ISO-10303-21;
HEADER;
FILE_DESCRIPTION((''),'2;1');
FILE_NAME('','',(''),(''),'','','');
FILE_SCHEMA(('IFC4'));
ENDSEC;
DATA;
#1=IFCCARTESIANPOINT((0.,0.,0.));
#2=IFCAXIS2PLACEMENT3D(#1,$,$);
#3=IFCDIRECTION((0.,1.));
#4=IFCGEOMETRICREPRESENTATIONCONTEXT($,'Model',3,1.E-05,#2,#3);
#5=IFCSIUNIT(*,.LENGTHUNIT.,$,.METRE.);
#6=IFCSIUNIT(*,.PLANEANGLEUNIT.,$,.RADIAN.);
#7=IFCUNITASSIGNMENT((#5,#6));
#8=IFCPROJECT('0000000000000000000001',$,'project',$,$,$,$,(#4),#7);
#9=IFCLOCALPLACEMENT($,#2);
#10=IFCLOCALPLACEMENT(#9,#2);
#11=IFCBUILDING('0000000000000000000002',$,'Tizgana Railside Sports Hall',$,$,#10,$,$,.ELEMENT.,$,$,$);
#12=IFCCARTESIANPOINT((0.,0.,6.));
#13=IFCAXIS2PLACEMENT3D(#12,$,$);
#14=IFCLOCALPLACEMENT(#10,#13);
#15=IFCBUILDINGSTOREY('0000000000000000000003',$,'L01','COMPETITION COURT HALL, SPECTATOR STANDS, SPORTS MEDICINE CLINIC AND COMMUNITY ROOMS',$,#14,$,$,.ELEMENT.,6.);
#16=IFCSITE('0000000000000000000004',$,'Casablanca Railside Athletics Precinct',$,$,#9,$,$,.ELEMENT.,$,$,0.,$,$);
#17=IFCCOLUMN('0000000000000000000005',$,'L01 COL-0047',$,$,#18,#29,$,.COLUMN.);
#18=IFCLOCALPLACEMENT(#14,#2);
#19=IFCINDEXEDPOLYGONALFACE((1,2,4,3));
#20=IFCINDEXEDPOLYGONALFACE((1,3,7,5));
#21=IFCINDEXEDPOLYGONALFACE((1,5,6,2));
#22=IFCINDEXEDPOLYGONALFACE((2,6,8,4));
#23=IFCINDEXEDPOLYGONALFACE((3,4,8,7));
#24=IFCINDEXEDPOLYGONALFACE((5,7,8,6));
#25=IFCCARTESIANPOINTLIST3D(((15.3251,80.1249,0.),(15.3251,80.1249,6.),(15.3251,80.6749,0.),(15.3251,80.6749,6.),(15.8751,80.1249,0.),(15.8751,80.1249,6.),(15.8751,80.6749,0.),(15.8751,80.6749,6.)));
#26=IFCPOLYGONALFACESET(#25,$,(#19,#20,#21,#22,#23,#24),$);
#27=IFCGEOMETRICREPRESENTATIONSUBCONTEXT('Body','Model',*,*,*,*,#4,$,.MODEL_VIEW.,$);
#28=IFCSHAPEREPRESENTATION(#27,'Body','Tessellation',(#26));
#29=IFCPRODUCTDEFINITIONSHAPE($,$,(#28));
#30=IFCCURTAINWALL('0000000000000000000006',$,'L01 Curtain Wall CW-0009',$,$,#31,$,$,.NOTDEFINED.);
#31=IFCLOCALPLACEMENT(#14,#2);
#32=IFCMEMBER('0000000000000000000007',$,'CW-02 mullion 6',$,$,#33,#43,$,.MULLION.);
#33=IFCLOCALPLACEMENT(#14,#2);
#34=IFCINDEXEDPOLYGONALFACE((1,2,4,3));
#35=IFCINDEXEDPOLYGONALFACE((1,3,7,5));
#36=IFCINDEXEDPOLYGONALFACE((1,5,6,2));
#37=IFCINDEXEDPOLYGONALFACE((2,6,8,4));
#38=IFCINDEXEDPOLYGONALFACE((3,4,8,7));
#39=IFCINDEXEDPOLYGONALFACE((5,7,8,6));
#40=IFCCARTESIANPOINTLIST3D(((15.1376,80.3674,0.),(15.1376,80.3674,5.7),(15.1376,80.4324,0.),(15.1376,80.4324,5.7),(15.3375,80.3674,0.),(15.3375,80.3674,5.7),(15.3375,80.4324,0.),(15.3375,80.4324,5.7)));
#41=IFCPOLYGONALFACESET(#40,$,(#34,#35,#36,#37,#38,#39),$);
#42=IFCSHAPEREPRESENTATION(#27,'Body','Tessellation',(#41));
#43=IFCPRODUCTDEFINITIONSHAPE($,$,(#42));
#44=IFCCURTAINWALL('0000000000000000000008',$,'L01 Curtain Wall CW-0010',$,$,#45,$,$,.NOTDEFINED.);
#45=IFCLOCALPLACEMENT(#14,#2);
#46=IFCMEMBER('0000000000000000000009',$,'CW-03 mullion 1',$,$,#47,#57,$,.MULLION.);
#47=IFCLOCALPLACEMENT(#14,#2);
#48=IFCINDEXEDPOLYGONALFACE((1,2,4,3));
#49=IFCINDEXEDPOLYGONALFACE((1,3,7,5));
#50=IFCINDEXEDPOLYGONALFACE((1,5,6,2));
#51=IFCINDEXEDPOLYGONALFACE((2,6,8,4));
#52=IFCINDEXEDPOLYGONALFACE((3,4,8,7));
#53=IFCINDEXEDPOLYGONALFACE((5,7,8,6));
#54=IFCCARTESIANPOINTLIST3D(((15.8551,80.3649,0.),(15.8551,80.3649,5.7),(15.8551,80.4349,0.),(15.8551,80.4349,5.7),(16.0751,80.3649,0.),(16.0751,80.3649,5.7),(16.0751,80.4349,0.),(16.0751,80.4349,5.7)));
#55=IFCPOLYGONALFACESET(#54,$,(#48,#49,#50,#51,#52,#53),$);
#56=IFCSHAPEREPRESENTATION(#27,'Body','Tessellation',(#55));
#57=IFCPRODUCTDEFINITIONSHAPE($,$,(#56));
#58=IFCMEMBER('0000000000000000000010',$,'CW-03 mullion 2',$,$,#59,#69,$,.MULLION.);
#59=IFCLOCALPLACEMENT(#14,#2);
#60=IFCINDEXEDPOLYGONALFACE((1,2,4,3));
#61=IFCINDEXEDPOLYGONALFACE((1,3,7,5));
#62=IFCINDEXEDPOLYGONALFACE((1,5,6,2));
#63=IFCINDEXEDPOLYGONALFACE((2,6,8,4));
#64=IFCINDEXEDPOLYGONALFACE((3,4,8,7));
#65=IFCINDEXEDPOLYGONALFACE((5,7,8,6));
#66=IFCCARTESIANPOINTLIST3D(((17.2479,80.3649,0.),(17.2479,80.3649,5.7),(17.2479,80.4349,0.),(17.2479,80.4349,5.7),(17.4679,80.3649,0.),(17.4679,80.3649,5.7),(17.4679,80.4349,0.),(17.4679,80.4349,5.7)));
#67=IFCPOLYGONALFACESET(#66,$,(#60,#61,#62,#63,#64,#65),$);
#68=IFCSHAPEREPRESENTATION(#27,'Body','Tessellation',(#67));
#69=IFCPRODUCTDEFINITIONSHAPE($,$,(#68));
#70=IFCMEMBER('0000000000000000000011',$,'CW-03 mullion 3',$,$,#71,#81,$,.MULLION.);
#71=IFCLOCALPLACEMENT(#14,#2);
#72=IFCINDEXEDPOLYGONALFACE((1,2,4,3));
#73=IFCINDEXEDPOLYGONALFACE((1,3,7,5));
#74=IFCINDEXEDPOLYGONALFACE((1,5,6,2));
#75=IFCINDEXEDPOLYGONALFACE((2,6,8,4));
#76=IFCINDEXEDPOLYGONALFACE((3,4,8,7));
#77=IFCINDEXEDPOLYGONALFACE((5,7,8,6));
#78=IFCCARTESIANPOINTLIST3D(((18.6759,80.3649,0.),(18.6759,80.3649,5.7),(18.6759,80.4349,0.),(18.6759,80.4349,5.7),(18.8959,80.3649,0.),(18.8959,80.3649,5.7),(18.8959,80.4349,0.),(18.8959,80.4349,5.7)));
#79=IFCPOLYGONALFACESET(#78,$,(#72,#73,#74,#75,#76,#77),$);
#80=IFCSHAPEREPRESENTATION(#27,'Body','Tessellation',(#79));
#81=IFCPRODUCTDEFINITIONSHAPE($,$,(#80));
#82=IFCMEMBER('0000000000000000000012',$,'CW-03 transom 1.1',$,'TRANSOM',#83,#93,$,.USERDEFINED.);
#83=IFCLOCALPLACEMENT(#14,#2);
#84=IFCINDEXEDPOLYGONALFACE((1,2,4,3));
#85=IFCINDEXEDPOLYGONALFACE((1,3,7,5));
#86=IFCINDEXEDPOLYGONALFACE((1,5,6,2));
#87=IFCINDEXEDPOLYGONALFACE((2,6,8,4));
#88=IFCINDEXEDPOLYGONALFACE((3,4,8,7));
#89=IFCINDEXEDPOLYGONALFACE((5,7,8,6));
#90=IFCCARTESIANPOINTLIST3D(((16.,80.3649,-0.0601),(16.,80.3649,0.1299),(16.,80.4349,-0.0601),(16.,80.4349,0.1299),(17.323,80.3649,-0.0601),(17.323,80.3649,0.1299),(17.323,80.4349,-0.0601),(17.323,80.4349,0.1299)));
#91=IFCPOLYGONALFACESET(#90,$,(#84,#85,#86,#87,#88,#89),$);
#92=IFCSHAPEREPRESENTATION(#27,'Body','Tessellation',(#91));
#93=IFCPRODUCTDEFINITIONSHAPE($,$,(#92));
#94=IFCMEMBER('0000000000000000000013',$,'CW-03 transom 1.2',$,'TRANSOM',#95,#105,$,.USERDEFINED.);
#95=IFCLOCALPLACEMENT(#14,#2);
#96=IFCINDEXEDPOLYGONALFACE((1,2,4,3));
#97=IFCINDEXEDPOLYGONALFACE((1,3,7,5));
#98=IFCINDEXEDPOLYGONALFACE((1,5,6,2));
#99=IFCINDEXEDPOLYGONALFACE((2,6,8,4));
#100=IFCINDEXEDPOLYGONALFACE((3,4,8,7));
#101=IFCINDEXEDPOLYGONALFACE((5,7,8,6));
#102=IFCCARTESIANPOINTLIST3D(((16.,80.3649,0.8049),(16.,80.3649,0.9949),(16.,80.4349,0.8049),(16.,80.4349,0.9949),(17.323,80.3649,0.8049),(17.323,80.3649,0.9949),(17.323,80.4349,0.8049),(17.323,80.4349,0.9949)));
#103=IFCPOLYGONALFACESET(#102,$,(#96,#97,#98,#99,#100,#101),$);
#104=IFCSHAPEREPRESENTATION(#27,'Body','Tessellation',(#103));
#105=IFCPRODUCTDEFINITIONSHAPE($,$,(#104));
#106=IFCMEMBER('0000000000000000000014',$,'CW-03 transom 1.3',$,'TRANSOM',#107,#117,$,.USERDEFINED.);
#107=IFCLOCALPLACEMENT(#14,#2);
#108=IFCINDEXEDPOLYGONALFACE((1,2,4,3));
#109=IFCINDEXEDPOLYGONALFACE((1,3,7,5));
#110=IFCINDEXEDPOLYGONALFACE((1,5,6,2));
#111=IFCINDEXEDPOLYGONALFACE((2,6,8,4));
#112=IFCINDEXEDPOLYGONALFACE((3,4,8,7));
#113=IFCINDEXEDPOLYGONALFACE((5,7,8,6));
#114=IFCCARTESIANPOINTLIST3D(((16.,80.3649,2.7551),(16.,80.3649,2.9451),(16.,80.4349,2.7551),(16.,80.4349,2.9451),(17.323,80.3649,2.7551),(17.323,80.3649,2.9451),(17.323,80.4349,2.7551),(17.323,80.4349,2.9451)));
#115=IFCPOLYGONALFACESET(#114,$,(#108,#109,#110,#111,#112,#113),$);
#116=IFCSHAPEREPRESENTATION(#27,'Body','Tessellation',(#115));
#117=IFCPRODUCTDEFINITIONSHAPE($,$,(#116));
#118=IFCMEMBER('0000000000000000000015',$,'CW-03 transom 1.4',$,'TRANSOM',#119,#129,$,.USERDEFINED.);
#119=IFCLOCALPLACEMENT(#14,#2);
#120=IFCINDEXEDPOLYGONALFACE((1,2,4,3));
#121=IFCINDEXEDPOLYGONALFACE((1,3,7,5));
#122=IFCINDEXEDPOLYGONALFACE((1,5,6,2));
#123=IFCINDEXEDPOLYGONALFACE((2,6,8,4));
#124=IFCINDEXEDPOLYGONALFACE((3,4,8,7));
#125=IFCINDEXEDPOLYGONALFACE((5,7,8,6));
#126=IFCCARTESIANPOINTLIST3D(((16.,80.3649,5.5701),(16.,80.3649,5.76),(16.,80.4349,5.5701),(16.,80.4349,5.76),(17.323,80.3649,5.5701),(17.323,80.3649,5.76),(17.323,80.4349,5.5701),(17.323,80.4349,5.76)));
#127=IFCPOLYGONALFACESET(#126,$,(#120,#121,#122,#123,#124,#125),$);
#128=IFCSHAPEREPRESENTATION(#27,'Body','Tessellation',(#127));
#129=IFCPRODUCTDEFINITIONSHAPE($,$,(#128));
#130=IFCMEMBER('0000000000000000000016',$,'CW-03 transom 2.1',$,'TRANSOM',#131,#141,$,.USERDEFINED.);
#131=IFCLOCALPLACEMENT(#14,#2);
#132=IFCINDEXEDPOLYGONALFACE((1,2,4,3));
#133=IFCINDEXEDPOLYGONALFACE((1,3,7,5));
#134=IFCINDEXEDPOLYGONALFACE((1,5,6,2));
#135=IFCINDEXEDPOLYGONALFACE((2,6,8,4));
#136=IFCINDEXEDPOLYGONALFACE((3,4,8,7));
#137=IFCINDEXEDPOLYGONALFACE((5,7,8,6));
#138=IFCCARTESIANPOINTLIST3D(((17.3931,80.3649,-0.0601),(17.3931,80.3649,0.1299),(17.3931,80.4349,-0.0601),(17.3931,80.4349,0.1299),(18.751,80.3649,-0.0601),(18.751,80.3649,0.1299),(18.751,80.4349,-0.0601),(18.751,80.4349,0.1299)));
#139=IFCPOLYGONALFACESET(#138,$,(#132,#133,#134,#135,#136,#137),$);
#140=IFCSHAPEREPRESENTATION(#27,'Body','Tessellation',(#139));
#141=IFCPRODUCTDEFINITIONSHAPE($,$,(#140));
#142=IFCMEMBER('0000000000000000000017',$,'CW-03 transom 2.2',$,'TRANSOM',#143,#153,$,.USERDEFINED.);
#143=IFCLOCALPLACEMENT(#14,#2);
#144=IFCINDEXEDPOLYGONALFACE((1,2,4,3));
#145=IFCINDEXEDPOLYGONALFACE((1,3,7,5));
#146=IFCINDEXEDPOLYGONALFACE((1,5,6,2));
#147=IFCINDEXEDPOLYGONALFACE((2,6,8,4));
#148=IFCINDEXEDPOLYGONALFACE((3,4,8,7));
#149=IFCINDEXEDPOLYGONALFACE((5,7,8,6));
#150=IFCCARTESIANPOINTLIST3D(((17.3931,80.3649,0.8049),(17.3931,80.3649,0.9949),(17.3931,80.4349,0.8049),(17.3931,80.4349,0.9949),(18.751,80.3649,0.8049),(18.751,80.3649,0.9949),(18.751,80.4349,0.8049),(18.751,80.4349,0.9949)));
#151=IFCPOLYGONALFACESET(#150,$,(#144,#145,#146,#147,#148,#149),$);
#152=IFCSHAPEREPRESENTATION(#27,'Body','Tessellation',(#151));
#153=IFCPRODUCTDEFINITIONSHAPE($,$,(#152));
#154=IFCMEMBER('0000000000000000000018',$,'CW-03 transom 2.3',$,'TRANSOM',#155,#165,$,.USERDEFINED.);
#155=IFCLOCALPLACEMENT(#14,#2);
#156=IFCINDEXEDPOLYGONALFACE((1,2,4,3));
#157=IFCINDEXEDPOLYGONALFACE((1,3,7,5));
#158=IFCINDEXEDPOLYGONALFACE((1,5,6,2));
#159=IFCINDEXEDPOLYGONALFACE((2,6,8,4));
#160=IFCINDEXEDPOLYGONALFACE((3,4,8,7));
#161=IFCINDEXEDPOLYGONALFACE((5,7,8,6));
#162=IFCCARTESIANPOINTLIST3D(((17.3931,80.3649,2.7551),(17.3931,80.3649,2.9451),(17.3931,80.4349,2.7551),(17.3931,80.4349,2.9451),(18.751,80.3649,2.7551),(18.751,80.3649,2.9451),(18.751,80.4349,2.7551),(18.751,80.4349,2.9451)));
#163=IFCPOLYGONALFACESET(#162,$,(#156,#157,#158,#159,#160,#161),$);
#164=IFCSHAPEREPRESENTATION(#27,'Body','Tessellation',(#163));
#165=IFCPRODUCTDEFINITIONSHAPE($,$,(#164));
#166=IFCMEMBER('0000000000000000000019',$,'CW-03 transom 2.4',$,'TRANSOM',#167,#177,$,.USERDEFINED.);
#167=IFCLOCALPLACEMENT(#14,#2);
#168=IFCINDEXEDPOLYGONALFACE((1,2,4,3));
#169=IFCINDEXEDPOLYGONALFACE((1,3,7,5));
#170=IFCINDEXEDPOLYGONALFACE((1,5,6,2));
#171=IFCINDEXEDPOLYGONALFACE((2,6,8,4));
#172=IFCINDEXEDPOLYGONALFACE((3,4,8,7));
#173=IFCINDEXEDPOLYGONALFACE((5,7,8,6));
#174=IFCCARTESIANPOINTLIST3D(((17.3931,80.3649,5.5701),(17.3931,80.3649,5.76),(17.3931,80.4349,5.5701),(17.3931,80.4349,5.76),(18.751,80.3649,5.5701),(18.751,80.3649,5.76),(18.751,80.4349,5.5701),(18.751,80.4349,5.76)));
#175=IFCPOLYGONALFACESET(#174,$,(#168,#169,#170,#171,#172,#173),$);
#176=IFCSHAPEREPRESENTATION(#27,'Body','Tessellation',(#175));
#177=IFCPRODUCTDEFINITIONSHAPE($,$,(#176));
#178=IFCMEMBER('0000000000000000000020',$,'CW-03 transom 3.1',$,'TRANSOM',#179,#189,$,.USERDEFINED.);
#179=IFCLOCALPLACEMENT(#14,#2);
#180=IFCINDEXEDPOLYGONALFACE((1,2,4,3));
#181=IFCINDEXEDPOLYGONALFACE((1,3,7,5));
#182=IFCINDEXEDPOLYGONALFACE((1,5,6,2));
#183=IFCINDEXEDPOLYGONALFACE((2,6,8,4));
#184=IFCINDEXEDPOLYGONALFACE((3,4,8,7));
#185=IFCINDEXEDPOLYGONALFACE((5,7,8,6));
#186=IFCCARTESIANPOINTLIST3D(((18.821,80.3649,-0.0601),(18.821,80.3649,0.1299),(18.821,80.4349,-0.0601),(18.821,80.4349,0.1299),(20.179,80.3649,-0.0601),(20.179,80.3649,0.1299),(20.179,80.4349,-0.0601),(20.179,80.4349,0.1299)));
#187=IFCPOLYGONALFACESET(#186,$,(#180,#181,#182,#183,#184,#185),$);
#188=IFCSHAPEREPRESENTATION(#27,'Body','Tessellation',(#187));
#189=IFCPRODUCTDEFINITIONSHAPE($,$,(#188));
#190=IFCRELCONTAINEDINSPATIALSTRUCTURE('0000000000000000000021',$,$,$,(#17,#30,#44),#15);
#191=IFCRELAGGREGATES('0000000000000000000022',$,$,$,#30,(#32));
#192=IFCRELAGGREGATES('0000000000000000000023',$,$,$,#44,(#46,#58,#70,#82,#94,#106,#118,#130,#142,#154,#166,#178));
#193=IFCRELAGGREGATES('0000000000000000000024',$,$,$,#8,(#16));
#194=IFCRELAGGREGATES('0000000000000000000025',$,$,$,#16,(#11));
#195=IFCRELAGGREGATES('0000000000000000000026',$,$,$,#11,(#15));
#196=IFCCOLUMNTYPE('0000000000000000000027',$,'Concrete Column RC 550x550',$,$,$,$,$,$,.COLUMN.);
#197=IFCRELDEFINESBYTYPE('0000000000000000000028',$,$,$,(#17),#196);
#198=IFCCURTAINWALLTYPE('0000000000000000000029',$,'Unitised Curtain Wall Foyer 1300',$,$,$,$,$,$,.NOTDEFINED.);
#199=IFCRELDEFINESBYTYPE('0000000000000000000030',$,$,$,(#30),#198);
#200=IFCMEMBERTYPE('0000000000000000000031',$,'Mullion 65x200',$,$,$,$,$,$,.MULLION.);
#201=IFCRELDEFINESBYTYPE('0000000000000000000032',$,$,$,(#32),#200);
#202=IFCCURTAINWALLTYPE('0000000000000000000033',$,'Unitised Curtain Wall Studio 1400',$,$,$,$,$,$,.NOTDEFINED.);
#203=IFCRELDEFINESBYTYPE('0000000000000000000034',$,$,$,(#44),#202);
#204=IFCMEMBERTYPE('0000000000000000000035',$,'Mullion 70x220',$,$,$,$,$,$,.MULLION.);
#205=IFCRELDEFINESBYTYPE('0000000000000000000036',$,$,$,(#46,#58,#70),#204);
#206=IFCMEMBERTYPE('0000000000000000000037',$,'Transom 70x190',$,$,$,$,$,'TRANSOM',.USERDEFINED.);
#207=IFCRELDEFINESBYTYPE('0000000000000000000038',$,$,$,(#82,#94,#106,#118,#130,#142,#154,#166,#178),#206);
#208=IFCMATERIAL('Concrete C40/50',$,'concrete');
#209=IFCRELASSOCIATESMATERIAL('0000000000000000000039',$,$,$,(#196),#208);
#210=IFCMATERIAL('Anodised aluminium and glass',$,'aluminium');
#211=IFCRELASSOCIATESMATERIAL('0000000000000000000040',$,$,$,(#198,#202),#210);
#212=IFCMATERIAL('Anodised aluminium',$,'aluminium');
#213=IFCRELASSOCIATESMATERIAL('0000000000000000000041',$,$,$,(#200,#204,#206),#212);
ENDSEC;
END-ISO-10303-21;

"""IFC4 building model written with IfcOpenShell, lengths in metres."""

from ifc_helpers import new_model, si_unit, direction, frame, origin, origin_2d, place, context, subcontext, project, spatial, rectangle, extrude, material, material_profile, profile_set, type_object, element, aggregate, save


model = new_model("IFC4")

# Units and contexts
model_context = context("Model", 3, precision=1e-05, world=origin(), true_north=direction((0.0, 1.0)))
body_context = subcontext(model_context, "Body", "Model", "MODEL_VIEW")
ifc_project = project(units=[si_unit("LENGTHUNIT", "METRE"), si_unit("PLANEANGLEUNIT", "RADIAN")], contexts=[model_context])

# Site, building, storey
site_placement = place(None, origin())
site = spatial("IfcSite", under=ifc_project, at=site_placement, Name="Casablanca Railside Athletics Precinct", CompositionType="ELEMENT", RefElevation=0.0)
building_placement = place(site_placement, origin())
building = spatial("IfcBuilding", under=site, at=building_placement, Name="Tizgana Railside Sports Hall", CompositionType="ELEMENT")
storey_placement = place(building_placement, frame((0.0, 0.0, 6.0)))
storey = spatial("IfcBuildingStorey", under=building, at=storey_placement, Name="L01", Description="COMPETITION COURT HALL, SPECTATOR STANDS, SPORTS MEDICINE CLINIC AND COMMUNITY ROOMS", CompositionType="ELEMENT", Elevation=6.0)

# Column
ifc_material_1 = material(Name="Concrete C40/50", Category="concrete")
ifc_material_profile_1 = material_profile(ifc_material_1, rectangle(XDim=0.55, YDim=0.55, at=origin_2d()), Name="RC 550x550")
ifc_profile_set_1 = profile_set([ifc_material_profile_1], Name="Concrete C40/50")
column_type = type_object("IfcColumnType", Name="Concrete Column RC 550x550", PredefinedType="COLUMN", material=ifc_profile_set_1)
column_placement = place(storey_placement, frame((15.6001, 80.3999, 0.0), z_axis=(0.0, 0.0, 1.0), x_axis=(1.0, 0.0, 0.0)))
element("IfcColumn", 1, at=column_placement, inside=storey, type_object=column_type, Name="L01 COL-0047", PredefinedType="COLUMN", context=body_context, shape_type="SweptSolid", body=[
    extrude(rectangle(XDim=0.55, YDim=0.55, at=origin_2d()), origin(), (0.0, 0.0, 1.0), 6.0),
])

# Curtain wall, member
ifc_material_2 = material(Name="Anodised aluminium and glass", Category="aluminium")
curtain_wall_type_1 = type_object("IfcCurtainWallType", Name="Unitised Curtain Wall Foyer 1300", PredefinedType="NOTDEFINED", material=ifc_material_2)
curtain_wall_1_placement = place(storey_placement, origin())
curtain_wall_1 = element("IfcCurtainWall", 2, at=curtain_wall_1_placement, inside=storey, type_object=curtain_wall_type_1, Name="L01 Curtain Wall CW-0009", PredefinedType="NOTDEFINED")
ifc_material_3 = material(Name="Anodised aluminium", Category="aluminium")
ifc_material_profile_2 = material_profile(ifc_material_3, rectangle(XDim=0.0649, YDim=0.2, at=origin_2d()), Name="Mullion 65x200")
ifc_profile_set_2 = profile_set([ifc_material_profile_2], Name="Anodised aluminium")
member_type_1 = type_object("IfcMemberType", Name="Mullion 65x200", PredefinedType="MULLION", material=ifc_profile_set_2)
member_1_placement = place(storey_placement, frame((15.2375, 80.3999, 0.0), z_axis=(0.0, 0.0, 1.0), x_axis=(0.0, 1.0, 0.0)))
member_1 = element("IfcMember", 3, at=member_1_placement, type_object=member_type_1, Name="CW-02 mullion 6", PredefinedType="MULLION", context=body_context, shape_type="SweptSolid", body=[
    extrude(rectangle(XDim=0.0649, YDim=0.2, at=origin_2d()), origin(), (0.0, 0.0, 1.0), 5.7),
])

# Curtain wall, members
curtain_wall_type_2 = type_object("IfcCurtainWallType", Name="Unitised Curtain Wall Studio 1400", PredefinedType="NOTDEFINED", material=ifc_material_2)
curtain_wall_2_placement = place(storey_placement, origin())
curtain_wall_2 = element("IfcCurtainWall", 4, at=curtain_wall_2_placement, inside=storey, type_object=curtain_wall_type_2, Name="L01 Curtain Wall CW-0010", PredefinedType="NOTDEFINED")
ifc_material_profile_3 = material_profile(ifc_material_3, rectangle(XDim=0.0701, YDim=0.22, at=origin_2d()), Name="Mullion 70x220")
ifc_profile_set_3 = profile_set([ifc_material_profile_3], Name="Anodised aluminium")
member_type_2 = type_object("IfcMemberType", Name="Mullion 70x220", PredefinedType="MULLION", material=ifc_profile_set_3)
member_2_placement = place(storey_placement, frame((15.9651, 80.3999, 0.0), z_axis=(0.0, 0.0, 1.0), x_axis=(0.0, 1.0, 0.0)))
member_2 = element("IfcMember", 5, at=member_2_placement, type_object=member_type_2, Name="CW-03 mullion 1", PredefinedType="MULLION", context=body_context, shape_type="SweptSolid", body=[
    extrude(rectangle(XDim=0.0701, YDim=0.22, at=origin_2d()), origin(), (0.0, 0.0, 1.0), 5.7),
])
member_3_placement = place(storey_placement, frame((17.3579, 80.3999, 0.0), z_axis=(0.0, 0.0, 1.0), x_axis=(0.0, 1.0, 0.0)))
member_3 = element("IfcMember", 6, at=member_3_placement, type_object=member_type_2, Name="CW-03 mullion 2", PredefinedType="MULLION", context=body_context, shape_type="SweptSolid", body=[
    extrude(rectangle(XDim=0.0701, YDim=0.22, at=origin_2d()), origin(), (0.0, 0.0, 1.0), 5.7),
])
member_4_placement = place(storey_placement, frame((18.7859, 80.3999, 0.0), z_axis=(0.0, 0.0, 1.0), x_axis=(0.0, 1.0, 0.0)))
member_4 = element("IfcMember", 7, at=member_4_placement, type_object=member_type_2, Name="CW-03 mullion 3", PredefinedType="MULLION", context=body_context, shape_type="SweptSolid", body=[
    extrude(rectangle(XDim=0.0701, YDim=0.22, at=origin_2d()), origin(), (0.0, 0.0, 1.0), 5.7),
])
ifc_material_profile_4 = material_profile(ifc_material_3, rectangle(XDim=0.0701, YDim=0.1899, at=origin_2d()), Name="Transom 70x190")
ifc_profile_set_4 = profile_set([ifc_material_profile_4], Name="Anodised aluminium")
member_type_3 = type_object("IfcMemberType", Name="Transom 70x190", ElementType="TRANSOM", PredefinedType="USERDEFINED", material=ifc_profile_set_4)
member_5_placement = place(storey_placement, frame((16.0, 80.3999, 0.0349), z_axis=(1.0, 0.0, 0.0), x_axis=(0.0, 1.0, 0.0)))
member_5 = element("IfcMember", 8, at=member_5_placement, type_object=member_type_3, Name="CW-03 transom 1.1", ObjectType="TRANSOM", PredefinedType="USERDEFINED", context=body_context, shape_type="SweptSolid", body=[
    extrude(rectangle(XDim=0.0701, YDim=0.1899, at=origin_2d()), origin(), (0.0, 0.0, 1.0), 1.323),
])
member_6_placement = place(storey_placement, frame((16.0, 80.3999, 0.8999), z_axis=(1.0, 0.0, 0.0), x_axis=(0.0, 1.0, 0.0)))
member_6 = element("IfcMember", 9, at=member_6_placement, type_object=member_type_3, Name="CW-03 transom 1.2", ObjectType="TRANSOM", PredefinedType="USERDEFINED", context=body_context, shape_type="SweptSolid", body=[
    extrude(rectangle(XDim=0.0701, YDim=0.1899, at=origin_2d()), origin(), (0.0, 0.0, 1.0), 1.323),
])
member_7_placement = place(storey_placement, frame((16.0, 80.3999, 2.8501), z_axis=(1.0, 0.0, 0.0), x_axis=(0.0, 1.0, 0.0)))
member_7 = element("IfcMember", 10, at=member_7_placement, type_object=member_type_3, Name="CW-03 transom 1.3", ObjectType="TRANSOM", PredefinedType="USERDEFINED", context=body_context, shape_type="SweptSolid", body=[
    extrude(rectangle(XDim=0.0701, YDim=0.1899, at=origin_2d()), origin(), (0.0, 0.0, 1.0), 1.323),
])
member_8_placement = place(storey_placement, frame((16.0, 80.3999, 5.665), z_axis=(1.0, 0.0, 0.0), x_axis=(0.0, 1.0, 0.0)))
member_8 = element("IfcMember", 11, at=member_8_placement, type_object=member_type_3, Name="CW-03 transom 1.4", ObjectType="TRANSOM", PredefinedType="USERDEFINED", context=body_context, shape_type="SweptSolid", body=[
    extrude(rectangle(XDim=0.0701, YDim=0.1899, at=origin_2d()), origin(), (0.0, 0.0, 1.0), 1.323),
])
member_9_placement = place(storey_placement, frame((17.3931, 80.3999, 0.0349), z_axis=(1.0, 0.0, 0.0), x_axis=(0.0, 1.0, 0.0)))
member_9 = element("IfcMember", 12, at=member_9_placement, type_object=member_type_3, Name="CW-03 transom 2.1", ObjectType="TRANSOM", PredefinedType="USERDEFINED", context=body_context, shape_type="SweptSolid", body=[
    extrude(rectangle(XDim=0.0701, YDim=0.1899, at=origin_2d()), origin(), (0.0, 0.0, 1.0), 1.3579),
])
member_10_placement = place(storey_placement, frame((17.3931, 80.3999, 0.8999), z_axis=(1.0, 0.0, 0.0), x_axis=(0.0, 1.0, 0.0)))
member_10 = element("IfcMember", 13, at=member_10_placement, type_object=member_type_3, Name="CW-03 transom 2.2", ObjectType="TRANSOM", PredefinedType="USERDEFINED", context=body_context, shape_type="SweptSolid", body=[
    extrude(rectangle(XDim=0.0701, YDim=0.1899, at=origin_2d()), origin(), (0.0, 0.0, 1.0), 1.3579),
])
member_11_placement = place(storey_placement, frame((17.3931, 80.3999, 2.8501), z_axis=(1.0, 0.0, 0.0), x_axis=(0.0, 1.0, 0.0)))
member_11 = element("IfcMember", 14, at=member_11_placement, type_object=member_type_3, Name="CW-03 transom 2.3", ObjectType="TRANSOM", PredefinedType="USERDEFINED", context=body_context, shape_type="SweptSolid", body=[
    extrude(rectangle(XDim=0.0701, YDim=0.1899, at=origin_2d()), origin(), (0.0, 0.0, 1.0), 1.3579),
])
member_12_placement = place(storey_placement, frame((17.3931, 80.3999, 5.665), z_axis=(1.0, 0.0, 0.0), x_axis=(0.0, 1.0, 0.0)))
member_12 = element("IfcMember", 15, at=member_12_placement, type_object=member_type_3, Name="CW-03 transom 2.4", ObjectType="TRANSOM", PredefinedType="USERDEFINED", context=body_context, shape_type="SweptSolid", body=[
    extrude(rectangle(XDim=0.0701, YDim=0.1899, at=origin_2d()), origin(), (0.0, 0.0, 1.0), 1.3579),
])
member_13_placement = place(storey_placement, frame((18.821, 80.3999, 0.0349), z_axis=(1.0, 0.0, 0.0), x_axis=(0.0, 1.0, 0.0)))
member_13 = element("IfcMember", 16, at=member_13_placement, type_object=member_type_3, Name="CW-03 transom 3.1", ObjectType="TRANSOM", PredefinedType="USERDEFINED", context=body_context, shape_type="SweptSolid", body=[
    extrude(rectangle(XDim=0.0701, YDim=0.1899, at=origin_2d()), origin(), (0.0, 0.0, 1.0), 1.3579),
])

aggregate(curtain_wall_1, [member_1])
aggregate(curtain_wall_2, [member_2, member_3, member_4, member_5, member_6, member_7, member_8, member_9, member_10, member_11, member_12, member_13])

save(model, "model.ifc")
